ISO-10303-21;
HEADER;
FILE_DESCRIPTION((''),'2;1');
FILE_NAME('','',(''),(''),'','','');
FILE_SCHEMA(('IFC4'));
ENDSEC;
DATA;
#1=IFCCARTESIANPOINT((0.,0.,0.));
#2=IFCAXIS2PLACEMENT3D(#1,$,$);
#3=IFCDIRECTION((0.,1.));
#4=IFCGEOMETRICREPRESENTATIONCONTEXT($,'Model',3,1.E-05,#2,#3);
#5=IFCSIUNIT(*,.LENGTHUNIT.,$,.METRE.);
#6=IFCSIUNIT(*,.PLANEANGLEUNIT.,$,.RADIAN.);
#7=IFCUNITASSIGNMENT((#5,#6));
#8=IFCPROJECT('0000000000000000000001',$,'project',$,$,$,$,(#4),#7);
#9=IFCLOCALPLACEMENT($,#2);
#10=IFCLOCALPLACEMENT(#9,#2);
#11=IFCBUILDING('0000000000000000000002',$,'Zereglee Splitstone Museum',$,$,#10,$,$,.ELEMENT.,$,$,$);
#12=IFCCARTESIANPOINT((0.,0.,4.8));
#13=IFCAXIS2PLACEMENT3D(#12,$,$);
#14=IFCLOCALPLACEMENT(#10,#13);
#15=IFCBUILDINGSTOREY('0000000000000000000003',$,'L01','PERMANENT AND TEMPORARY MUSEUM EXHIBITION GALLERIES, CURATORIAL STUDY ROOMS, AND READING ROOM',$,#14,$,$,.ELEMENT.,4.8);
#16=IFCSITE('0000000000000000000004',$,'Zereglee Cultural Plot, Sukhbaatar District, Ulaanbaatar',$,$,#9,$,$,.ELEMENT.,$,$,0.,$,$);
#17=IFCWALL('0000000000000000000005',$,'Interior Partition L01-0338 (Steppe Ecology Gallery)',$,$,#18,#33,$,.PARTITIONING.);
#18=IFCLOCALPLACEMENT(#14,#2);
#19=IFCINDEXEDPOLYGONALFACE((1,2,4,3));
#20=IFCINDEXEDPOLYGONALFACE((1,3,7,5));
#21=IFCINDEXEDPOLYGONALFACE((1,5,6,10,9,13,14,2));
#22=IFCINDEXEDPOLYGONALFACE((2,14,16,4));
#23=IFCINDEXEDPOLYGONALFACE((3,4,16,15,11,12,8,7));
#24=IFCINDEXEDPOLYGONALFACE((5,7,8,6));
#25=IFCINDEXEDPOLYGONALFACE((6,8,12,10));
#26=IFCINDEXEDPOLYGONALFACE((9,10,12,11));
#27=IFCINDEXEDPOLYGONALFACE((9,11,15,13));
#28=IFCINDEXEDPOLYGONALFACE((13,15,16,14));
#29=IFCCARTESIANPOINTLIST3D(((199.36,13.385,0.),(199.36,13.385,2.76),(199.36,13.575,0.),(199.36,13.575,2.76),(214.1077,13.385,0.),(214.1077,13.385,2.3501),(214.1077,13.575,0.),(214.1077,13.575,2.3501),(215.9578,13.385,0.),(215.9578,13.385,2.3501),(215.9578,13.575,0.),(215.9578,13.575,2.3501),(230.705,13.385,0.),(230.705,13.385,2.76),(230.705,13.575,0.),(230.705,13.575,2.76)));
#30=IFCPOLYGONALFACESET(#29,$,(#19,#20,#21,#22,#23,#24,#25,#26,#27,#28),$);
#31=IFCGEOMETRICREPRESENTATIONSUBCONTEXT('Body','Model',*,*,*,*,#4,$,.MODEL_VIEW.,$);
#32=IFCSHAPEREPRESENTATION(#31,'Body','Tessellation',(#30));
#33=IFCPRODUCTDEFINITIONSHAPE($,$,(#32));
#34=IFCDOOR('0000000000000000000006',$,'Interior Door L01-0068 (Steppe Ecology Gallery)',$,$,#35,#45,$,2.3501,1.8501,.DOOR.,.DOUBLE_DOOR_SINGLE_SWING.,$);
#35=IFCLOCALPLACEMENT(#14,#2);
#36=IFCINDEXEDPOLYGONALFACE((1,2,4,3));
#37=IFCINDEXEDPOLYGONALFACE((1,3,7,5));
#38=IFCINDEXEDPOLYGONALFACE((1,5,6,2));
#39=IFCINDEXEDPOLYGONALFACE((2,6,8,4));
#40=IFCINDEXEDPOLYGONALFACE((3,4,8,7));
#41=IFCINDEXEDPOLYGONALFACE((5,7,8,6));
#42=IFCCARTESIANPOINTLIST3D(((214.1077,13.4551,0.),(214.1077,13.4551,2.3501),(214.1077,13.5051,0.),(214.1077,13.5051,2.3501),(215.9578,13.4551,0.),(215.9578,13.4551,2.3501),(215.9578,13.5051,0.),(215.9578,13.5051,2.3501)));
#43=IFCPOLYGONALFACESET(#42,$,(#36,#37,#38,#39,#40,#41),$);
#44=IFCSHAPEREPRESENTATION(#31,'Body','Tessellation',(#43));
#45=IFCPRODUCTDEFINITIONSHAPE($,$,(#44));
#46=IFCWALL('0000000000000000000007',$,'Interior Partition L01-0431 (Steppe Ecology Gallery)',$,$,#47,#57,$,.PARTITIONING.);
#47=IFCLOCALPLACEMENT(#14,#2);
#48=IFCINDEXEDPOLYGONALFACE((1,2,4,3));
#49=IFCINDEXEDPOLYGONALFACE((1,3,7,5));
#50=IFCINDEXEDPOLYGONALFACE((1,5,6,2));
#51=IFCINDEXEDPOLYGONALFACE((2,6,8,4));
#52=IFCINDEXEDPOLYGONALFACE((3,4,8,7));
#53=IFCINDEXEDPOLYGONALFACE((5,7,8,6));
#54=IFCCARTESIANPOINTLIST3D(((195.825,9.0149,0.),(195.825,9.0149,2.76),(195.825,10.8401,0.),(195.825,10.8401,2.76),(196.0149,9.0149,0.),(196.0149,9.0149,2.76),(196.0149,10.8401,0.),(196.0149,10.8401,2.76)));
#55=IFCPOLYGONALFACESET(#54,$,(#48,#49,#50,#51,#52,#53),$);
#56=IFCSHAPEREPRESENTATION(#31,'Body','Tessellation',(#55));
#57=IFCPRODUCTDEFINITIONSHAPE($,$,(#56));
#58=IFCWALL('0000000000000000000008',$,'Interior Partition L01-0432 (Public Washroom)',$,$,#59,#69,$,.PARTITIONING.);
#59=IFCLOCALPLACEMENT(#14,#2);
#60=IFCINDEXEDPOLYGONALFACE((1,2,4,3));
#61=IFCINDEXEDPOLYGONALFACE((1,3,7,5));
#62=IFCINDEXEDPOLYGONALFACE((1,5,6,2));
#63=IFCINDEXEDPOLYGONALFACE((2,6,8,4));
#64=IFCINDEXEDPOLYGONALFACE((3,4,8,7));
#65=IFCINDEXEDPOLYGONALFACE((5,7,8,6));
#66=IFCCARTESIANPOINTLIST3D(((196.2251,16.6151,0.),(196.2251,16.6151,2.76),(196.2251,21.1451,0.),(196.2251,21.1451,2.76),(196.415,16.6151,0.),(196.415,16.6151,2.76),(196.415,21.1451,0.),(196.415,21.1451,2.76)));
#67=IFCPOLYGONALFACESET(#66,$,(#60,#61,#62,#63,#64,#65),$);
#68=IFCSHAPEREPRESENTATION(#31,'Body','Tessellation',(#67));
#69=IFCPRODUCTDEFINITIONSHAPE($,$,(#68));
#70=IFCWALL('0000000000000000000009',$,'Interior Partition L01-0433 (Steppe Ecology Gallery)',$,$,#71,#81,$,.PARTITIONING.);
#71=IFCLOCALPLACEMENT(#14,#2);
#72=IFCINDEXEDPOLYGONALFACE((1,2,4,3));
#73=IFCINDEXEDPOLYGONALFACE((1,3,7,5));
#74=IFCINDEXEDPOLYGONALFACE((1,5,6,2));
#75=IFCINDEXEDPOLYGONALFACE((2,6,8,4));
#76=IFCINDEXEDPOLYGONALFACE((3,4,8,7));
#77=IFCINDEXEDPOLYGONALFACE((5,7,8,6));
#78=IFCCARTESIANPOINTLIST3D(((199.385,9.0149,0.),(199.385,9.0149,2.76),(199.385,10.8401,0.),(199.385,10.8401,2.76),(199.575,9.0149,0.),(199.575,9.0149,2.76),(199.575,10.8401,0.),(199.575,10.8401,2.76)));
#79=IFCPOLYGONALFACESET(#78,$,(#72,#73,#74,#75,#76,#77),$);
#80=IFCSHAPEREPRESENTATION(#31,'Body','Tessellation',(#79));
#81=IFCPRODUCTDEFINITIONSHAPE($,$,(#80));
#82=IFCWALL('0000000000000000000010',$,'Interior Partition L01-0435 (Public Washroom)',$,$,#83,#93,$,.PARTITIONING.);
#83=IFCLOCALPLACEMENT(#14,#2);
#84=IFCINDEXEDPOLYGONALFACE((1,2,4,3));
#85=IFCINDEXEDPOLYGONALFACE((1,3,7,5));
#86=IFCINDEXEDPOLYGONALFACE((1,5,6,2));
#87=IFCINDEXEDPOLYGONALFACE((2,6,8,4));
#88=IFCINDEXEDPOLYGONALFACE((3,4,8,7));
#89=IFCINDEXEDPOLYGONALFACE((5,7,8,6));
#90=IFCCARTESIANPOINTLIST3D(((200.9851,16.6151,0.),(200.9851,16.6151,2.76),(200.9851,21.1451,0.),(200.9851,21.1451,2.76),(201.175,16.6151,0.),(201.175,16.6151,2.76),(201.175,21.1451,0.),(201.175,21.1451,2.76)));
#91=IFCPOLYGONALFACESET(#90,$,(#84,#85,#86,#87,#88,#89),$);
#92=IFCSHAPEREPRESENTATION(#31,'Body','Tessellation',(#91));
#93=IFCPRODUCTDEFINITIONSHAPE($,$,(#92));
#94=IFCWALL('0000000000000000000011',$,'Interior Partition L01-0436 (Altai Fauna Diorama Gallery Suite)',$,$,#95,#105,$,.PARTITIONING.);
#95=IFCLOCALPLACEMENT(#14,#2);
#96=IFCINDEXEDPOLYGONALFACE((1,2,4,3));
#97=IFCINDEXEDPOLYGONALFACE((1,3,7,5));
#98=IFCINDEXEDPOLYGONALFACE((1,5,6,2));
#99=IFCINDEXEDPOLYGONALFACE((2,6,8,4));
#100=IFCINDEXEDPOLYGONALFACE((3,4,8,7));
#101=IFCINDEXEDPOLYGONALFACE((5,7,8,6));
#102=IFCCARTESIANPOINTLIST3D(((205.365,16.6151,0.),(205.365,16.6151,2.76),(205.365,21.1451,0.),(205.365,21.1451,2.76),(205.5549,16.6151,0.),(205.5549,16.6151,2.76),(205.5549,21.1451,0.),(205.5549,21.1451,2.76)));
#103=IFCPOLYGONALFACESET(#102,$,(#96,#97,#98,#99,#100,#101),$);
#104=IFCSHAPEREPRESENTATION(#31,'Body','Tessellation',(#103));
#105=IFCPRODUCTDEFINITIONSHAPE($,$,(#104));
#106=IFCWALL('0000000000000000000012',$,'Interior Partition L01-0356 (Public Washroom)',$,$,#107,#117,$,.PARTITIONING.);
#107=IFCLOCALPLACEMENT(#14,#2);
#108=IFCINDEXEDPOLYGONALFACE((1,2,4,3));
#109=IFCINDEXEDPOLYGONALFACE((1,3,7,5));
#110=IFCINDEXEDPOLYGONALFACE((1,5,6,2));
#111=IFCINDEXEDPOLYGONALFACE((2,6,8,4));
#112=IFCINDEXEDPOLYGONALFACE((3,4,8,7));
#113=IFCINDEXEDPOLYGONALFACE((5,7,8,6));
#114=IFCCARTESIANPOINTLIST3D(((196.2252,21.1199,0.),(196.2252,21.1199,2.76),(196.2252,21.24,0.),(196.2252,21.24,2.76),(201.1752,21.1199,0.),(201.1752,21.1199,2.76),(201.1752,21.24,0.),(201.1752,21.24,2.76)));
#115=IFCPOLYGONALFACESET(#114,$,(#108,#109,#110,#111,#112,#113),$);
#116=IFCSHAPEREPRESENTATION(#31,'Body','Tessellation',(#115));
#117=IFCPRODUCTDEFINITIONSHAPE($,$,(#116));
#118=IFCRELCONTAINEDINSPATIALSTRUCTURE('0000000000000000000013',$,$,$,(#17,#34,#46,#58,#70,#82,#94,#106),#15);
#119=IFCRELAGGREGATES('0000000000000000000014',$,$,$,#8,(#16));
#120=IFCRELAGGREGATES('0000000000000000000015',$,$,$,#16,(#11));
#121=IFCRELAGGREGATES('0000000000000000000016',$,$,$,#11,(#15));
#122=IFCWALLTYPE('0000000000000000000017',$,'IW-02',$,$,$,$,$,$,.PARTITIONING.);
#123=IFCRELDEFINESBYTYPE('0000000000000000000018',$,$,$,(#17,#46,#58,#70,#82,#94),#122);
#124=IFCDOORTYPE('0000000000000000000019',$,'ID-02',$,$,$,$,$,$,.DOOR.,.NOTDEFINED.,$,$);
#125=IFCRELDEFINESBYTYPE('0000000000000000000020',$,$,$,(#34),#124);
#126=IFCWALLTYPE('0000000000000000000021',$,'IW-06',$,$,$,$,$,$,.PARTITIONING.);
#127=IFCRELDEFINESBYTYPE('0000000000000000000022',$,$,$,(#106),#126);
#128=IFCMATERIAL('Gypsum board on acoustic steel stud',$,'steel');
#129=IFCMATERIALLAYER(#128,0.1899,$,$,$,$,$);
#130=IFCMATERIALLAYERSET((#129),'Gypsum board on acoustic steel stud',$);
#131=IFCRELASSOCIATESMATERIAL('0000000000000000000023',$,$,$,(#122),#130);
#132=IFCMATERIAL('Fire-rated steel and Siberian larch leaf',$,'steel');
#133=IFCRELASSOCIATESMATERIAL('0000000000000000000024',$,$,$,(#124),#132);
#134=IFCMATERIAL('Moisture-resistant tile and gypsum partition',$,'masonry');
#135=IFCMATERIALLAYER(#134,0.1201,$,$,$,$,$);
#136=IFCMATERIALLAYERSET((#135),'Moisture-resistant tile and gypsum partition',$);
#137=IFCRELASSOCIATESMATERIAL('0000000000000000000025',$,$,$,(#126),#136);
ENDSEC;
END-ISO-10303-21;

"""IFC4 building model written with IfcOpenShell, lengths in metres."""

from ifc_helpers import new_model, si_unit, direction, frame, frame_2d, origin, place, context, subcontext, project, spatial, rectangle, extrude, material, layer, layer_set, type_object, element, fill, save


model = new_model("IFC4")

# Units and contexts
model_context = context("Model", 3, precision=1e-05, world=origin(), true_north=direction((0.0, 1.0)))
body_context = subcontext(model_context, "Body", "Model", "MODEL_VIEW")
ifc_project = project(units=[si_unit("LENGTHUNIT", "METRE"), si_unit("PLANEANGLEUNIT", "RADIAN")], contexts=[model_context])

# Site, building, storey
site_placement = place(None, origin())
site = spatial("IfcSite", under=ifc_project, at=site_placement, Name="Zereglee Cultural Plot, Sukhbaatar District, Ulaanbaatar", CompositionType="ELEMENT", RefElevation=0.0)
building_placement = place(site_placement, origin())
building = spatial("IfcBuilding", under=site, at=building_placement, Name="Zereglee Splitstone Museum", CompositionType="ELEMENT")
storey_placement = place(building_placement, frame((0.0, 0.0, 4.8)))
storey = spatial("IfcBuildingStorey", under=building, at=storey_placement, Name="L01", Description="PERMANENT AND TEMPORARY MUSEUM EXHIBITION GALLERIES, CURATORIAL STUDY ROOMS, AND READING ROOM", CompositionType="ELEMENT", Elevation=4.8)

# Shared definitions
ifc_material_1 = material(Name="Fire-rated steel and Siberian larch leaf", Category="steel")

# Shared definitions
ifc_material_2 = material(Name="Gypsum board on acoustic steel stud", Category="steel")
ifc_layer_1 = layer(ifc_material_2, 0.1899)
ifc_layer_set_1 = layer_set([ifc_layer_1], Name="Gypsum board on acoustic steel stud")
wall_type_1 = type_object("IfcWallType", Name="IW-02", PredefinedType="PARTITIONING", material=ifc_layer_set_1)

# Wall, opening, door
wall_1_placement = place(storey_placement, frame((199.3601, 13.48, 0.0), z_axis=(0.0, 0.0, 1.0), x_axis=(1.0, 0.0, 0.0)))
wall_1 = element("IfcWall", 1, at=wall_1_placement, inside=storey, type_object=wall_type_1, Name="Interior Partition L01-0338 (Steppe Ecology Gallery)", PredefinedType="PARTITIONING", context=body_context, shape_type="SweptSolid", body=[
    extrude(rectangle(XDim=31.345, YDim=0.1899, at=frame_2d((15.6724, 0.0))), origin(), (0.0, 0.0, 1.0), 2.76),
])
opening_1_placement = place(wall_1_placement, frame((14.7476, 0.0, 0.0)))
opening_1 = element("IfcOpeningElement", 2, at=opening_1_placement, cuts=wall_1, PredefinedType="OPENING", context=body_context, shape_type="SweptSolid", body=[
    extrude(rectangle(XDim=1.8501, YDim=2.3501, at=frame_2d((0.925, 1.175))), frame((0.0, 0.1099, 0.0), z_axis=(0.0, -1.0, 0.0), x_axis=(1.0, 0.0, 0.0)), (0.0, 0.0, 1.0), 0.2197),
])
door_type_1 = type_object("IfcDoorType", Name="ID-02", OperationType="NOTDEFINED", PredefinedType="DOOR", material=ifc_material_1)
door_1_placement = place(opening_1_placement, frame((1.8501, 0.0, 0.0), z_axis=(0.0, 0.0, 1.0), x_axis=(-1.0, 0.0, 0.0)))
door_1 = element("IfcDoor", 3, at=door_1_placement, inside=storey, type_object=door_type_1, Name="Interior Door L01-0068 (Steppe Ecology Gallery)", OperationType="DOUBLE_DOOR_SINGLE_SWING", OverallHeight=2.3501, OverallWidth=1.8501, PredefinedType="DOOR", context=body_context, shape_type="SweptSolid", body=[
    extrude(rectangle(XDim=1.8501, YDim=2.3501, at=frame_2d((0.925, 1.175))), frame((0.0, 0.0249, 0.0), z_axis=(0.0, -1.0, 0.0), x_axis=(1.0, 0.0, 0.0)), (0.0, 0.0, 1.0), 0.05),
])
fill(opening_1, door_1)

# Walls
wall_2_placement = place(storey_placement, frame((195.9199, 9.0149, 0.0), z_axis=(0.0, 0.0, 1.0), x_axis=(0.0, 1.0, 0.0)))
element("IfcWall", 4, at=wall_2_placement, inside=storey, type_object=wall_type_1, Name="Interior Partition L01-0431 (Steppe Ecology Gallery)", PredefinedType="PARTITIONING", context=body_context, shape_type="SweptSolid", body=[
    extrude(rectangle(XDim=1.8252, YDim=0.1899, at=frame_2d((0.9126, 0.0))), origin(), (0.0, 0.0, 1.0), 2.76),
])
wall_3_placement = place(storey_placement, frame((196.3201, 16.615, 0.0), z_axis=(0.0, 0.0, 1.0), x_axis=(0.0, 1.0, 0.0)))
element("IfcWall", 5, at=wall_3_placement, inside=storey, type_object=wall_type_1, Name="Interior Partition L01-0432 (Public Washroom)", PredefinedType="PARTITIONING", context=body_context, shape_type="SweptSolid", body=[
    extrude(rectangle(XDim=4.53, YDim=0.1899, at=frame_2d((2.2651, 0.0))), origin(), (0.0, 0.0, 1.0), 2.76),
])
wall_4_placement = place(storey_placement, frame((199.48, 9.0149, 0.0), z_axis=(0.0, 0.0, 1.0), x_axis=(0.0, 1.0, 0.0)))
element("IfcWall", 6, at=wall_4_placement, inside=storey, type_object=wall_type_1, Name="Interior Partition L01-0433 (Steppe Ecology Gallery)", PredefinedType="PARTITIONING", context=body_context, shape_type="SweptSolid", body=[
    extrude(rectangle(XDim=1.8252, YDim=0.1899, at=frame_2d((0.9126, 0.0))), origin(), (0.0, 0.0, 1.0), 2.76),
])
for number, where, z_axis, x_axis, name in (
    (7, (201.0801, 16.615, 0.0), (0.0, 0.0, 1.0), (0.0, 1.0, 0.0), "Interior Partition L01-0435 (Public Washroom)"),
    (8, (205.46, 16.615, 0.0), (0.0, 0.0, 1.0), (0.0, 1.0, 0.0), "Interior Partition L01-0436 (Altai Fauna Diorama Gallery Suite)"),
):
    element("IfcWall", number, at=place(storey_placement, frame(where, z_axis=z_axis, x_axis=x_axis)), inside=storey, type_object=wall_type_1, Name=name, PredefinedType="PARTITIONING", context=body_context, shape_type="SweptSolid", body=[
        extrude(rectangle(XDim=4.53, YDim=0.1899, at=frame_2d((2.2651, 0.0))), origin(), (0.0, 0.0, 1.0), 2.76),
    ])
ifc_material_3 = material(Name="Moisture-resistant tile and gypsum partition", Category="masonry")
ifc_layer_2 = layer(ifc_material_3, 0.1201)
ifc_layer_set_2 = layer_set([ifc_layer_2], Name="Moisture-resistant tile and gypsum partition")
wall_type_2 = type_object("IfcWallType", Name="IW-06", PredefinedType="PARTITIONING", material=ifc_layer_set_2)
wall_5_placement = place(storey_placement, frame((196.2251, 21.1799, 0.0), z_axis=(0.0, 0.0, 1.0), x_axis=(1.0, 0.0, 0.0)))
element("IfcWall", 9, at=wall_5_placement, inside=storey, type_object=wall_type_2, Name="Interior Partition L01-0356 (Public Washroom)", PredefinedType="PARTITIONING", context=body_context, shape_type="SweptSolid", body=[
    extrude(rectangle(XDim=4.95, YDim=0.1201, at=frame_2d((2.4751, 0.0))), origin(), (0.0, 0.0, 1.0), 2.76),
])

save(model, "model.ifc")
